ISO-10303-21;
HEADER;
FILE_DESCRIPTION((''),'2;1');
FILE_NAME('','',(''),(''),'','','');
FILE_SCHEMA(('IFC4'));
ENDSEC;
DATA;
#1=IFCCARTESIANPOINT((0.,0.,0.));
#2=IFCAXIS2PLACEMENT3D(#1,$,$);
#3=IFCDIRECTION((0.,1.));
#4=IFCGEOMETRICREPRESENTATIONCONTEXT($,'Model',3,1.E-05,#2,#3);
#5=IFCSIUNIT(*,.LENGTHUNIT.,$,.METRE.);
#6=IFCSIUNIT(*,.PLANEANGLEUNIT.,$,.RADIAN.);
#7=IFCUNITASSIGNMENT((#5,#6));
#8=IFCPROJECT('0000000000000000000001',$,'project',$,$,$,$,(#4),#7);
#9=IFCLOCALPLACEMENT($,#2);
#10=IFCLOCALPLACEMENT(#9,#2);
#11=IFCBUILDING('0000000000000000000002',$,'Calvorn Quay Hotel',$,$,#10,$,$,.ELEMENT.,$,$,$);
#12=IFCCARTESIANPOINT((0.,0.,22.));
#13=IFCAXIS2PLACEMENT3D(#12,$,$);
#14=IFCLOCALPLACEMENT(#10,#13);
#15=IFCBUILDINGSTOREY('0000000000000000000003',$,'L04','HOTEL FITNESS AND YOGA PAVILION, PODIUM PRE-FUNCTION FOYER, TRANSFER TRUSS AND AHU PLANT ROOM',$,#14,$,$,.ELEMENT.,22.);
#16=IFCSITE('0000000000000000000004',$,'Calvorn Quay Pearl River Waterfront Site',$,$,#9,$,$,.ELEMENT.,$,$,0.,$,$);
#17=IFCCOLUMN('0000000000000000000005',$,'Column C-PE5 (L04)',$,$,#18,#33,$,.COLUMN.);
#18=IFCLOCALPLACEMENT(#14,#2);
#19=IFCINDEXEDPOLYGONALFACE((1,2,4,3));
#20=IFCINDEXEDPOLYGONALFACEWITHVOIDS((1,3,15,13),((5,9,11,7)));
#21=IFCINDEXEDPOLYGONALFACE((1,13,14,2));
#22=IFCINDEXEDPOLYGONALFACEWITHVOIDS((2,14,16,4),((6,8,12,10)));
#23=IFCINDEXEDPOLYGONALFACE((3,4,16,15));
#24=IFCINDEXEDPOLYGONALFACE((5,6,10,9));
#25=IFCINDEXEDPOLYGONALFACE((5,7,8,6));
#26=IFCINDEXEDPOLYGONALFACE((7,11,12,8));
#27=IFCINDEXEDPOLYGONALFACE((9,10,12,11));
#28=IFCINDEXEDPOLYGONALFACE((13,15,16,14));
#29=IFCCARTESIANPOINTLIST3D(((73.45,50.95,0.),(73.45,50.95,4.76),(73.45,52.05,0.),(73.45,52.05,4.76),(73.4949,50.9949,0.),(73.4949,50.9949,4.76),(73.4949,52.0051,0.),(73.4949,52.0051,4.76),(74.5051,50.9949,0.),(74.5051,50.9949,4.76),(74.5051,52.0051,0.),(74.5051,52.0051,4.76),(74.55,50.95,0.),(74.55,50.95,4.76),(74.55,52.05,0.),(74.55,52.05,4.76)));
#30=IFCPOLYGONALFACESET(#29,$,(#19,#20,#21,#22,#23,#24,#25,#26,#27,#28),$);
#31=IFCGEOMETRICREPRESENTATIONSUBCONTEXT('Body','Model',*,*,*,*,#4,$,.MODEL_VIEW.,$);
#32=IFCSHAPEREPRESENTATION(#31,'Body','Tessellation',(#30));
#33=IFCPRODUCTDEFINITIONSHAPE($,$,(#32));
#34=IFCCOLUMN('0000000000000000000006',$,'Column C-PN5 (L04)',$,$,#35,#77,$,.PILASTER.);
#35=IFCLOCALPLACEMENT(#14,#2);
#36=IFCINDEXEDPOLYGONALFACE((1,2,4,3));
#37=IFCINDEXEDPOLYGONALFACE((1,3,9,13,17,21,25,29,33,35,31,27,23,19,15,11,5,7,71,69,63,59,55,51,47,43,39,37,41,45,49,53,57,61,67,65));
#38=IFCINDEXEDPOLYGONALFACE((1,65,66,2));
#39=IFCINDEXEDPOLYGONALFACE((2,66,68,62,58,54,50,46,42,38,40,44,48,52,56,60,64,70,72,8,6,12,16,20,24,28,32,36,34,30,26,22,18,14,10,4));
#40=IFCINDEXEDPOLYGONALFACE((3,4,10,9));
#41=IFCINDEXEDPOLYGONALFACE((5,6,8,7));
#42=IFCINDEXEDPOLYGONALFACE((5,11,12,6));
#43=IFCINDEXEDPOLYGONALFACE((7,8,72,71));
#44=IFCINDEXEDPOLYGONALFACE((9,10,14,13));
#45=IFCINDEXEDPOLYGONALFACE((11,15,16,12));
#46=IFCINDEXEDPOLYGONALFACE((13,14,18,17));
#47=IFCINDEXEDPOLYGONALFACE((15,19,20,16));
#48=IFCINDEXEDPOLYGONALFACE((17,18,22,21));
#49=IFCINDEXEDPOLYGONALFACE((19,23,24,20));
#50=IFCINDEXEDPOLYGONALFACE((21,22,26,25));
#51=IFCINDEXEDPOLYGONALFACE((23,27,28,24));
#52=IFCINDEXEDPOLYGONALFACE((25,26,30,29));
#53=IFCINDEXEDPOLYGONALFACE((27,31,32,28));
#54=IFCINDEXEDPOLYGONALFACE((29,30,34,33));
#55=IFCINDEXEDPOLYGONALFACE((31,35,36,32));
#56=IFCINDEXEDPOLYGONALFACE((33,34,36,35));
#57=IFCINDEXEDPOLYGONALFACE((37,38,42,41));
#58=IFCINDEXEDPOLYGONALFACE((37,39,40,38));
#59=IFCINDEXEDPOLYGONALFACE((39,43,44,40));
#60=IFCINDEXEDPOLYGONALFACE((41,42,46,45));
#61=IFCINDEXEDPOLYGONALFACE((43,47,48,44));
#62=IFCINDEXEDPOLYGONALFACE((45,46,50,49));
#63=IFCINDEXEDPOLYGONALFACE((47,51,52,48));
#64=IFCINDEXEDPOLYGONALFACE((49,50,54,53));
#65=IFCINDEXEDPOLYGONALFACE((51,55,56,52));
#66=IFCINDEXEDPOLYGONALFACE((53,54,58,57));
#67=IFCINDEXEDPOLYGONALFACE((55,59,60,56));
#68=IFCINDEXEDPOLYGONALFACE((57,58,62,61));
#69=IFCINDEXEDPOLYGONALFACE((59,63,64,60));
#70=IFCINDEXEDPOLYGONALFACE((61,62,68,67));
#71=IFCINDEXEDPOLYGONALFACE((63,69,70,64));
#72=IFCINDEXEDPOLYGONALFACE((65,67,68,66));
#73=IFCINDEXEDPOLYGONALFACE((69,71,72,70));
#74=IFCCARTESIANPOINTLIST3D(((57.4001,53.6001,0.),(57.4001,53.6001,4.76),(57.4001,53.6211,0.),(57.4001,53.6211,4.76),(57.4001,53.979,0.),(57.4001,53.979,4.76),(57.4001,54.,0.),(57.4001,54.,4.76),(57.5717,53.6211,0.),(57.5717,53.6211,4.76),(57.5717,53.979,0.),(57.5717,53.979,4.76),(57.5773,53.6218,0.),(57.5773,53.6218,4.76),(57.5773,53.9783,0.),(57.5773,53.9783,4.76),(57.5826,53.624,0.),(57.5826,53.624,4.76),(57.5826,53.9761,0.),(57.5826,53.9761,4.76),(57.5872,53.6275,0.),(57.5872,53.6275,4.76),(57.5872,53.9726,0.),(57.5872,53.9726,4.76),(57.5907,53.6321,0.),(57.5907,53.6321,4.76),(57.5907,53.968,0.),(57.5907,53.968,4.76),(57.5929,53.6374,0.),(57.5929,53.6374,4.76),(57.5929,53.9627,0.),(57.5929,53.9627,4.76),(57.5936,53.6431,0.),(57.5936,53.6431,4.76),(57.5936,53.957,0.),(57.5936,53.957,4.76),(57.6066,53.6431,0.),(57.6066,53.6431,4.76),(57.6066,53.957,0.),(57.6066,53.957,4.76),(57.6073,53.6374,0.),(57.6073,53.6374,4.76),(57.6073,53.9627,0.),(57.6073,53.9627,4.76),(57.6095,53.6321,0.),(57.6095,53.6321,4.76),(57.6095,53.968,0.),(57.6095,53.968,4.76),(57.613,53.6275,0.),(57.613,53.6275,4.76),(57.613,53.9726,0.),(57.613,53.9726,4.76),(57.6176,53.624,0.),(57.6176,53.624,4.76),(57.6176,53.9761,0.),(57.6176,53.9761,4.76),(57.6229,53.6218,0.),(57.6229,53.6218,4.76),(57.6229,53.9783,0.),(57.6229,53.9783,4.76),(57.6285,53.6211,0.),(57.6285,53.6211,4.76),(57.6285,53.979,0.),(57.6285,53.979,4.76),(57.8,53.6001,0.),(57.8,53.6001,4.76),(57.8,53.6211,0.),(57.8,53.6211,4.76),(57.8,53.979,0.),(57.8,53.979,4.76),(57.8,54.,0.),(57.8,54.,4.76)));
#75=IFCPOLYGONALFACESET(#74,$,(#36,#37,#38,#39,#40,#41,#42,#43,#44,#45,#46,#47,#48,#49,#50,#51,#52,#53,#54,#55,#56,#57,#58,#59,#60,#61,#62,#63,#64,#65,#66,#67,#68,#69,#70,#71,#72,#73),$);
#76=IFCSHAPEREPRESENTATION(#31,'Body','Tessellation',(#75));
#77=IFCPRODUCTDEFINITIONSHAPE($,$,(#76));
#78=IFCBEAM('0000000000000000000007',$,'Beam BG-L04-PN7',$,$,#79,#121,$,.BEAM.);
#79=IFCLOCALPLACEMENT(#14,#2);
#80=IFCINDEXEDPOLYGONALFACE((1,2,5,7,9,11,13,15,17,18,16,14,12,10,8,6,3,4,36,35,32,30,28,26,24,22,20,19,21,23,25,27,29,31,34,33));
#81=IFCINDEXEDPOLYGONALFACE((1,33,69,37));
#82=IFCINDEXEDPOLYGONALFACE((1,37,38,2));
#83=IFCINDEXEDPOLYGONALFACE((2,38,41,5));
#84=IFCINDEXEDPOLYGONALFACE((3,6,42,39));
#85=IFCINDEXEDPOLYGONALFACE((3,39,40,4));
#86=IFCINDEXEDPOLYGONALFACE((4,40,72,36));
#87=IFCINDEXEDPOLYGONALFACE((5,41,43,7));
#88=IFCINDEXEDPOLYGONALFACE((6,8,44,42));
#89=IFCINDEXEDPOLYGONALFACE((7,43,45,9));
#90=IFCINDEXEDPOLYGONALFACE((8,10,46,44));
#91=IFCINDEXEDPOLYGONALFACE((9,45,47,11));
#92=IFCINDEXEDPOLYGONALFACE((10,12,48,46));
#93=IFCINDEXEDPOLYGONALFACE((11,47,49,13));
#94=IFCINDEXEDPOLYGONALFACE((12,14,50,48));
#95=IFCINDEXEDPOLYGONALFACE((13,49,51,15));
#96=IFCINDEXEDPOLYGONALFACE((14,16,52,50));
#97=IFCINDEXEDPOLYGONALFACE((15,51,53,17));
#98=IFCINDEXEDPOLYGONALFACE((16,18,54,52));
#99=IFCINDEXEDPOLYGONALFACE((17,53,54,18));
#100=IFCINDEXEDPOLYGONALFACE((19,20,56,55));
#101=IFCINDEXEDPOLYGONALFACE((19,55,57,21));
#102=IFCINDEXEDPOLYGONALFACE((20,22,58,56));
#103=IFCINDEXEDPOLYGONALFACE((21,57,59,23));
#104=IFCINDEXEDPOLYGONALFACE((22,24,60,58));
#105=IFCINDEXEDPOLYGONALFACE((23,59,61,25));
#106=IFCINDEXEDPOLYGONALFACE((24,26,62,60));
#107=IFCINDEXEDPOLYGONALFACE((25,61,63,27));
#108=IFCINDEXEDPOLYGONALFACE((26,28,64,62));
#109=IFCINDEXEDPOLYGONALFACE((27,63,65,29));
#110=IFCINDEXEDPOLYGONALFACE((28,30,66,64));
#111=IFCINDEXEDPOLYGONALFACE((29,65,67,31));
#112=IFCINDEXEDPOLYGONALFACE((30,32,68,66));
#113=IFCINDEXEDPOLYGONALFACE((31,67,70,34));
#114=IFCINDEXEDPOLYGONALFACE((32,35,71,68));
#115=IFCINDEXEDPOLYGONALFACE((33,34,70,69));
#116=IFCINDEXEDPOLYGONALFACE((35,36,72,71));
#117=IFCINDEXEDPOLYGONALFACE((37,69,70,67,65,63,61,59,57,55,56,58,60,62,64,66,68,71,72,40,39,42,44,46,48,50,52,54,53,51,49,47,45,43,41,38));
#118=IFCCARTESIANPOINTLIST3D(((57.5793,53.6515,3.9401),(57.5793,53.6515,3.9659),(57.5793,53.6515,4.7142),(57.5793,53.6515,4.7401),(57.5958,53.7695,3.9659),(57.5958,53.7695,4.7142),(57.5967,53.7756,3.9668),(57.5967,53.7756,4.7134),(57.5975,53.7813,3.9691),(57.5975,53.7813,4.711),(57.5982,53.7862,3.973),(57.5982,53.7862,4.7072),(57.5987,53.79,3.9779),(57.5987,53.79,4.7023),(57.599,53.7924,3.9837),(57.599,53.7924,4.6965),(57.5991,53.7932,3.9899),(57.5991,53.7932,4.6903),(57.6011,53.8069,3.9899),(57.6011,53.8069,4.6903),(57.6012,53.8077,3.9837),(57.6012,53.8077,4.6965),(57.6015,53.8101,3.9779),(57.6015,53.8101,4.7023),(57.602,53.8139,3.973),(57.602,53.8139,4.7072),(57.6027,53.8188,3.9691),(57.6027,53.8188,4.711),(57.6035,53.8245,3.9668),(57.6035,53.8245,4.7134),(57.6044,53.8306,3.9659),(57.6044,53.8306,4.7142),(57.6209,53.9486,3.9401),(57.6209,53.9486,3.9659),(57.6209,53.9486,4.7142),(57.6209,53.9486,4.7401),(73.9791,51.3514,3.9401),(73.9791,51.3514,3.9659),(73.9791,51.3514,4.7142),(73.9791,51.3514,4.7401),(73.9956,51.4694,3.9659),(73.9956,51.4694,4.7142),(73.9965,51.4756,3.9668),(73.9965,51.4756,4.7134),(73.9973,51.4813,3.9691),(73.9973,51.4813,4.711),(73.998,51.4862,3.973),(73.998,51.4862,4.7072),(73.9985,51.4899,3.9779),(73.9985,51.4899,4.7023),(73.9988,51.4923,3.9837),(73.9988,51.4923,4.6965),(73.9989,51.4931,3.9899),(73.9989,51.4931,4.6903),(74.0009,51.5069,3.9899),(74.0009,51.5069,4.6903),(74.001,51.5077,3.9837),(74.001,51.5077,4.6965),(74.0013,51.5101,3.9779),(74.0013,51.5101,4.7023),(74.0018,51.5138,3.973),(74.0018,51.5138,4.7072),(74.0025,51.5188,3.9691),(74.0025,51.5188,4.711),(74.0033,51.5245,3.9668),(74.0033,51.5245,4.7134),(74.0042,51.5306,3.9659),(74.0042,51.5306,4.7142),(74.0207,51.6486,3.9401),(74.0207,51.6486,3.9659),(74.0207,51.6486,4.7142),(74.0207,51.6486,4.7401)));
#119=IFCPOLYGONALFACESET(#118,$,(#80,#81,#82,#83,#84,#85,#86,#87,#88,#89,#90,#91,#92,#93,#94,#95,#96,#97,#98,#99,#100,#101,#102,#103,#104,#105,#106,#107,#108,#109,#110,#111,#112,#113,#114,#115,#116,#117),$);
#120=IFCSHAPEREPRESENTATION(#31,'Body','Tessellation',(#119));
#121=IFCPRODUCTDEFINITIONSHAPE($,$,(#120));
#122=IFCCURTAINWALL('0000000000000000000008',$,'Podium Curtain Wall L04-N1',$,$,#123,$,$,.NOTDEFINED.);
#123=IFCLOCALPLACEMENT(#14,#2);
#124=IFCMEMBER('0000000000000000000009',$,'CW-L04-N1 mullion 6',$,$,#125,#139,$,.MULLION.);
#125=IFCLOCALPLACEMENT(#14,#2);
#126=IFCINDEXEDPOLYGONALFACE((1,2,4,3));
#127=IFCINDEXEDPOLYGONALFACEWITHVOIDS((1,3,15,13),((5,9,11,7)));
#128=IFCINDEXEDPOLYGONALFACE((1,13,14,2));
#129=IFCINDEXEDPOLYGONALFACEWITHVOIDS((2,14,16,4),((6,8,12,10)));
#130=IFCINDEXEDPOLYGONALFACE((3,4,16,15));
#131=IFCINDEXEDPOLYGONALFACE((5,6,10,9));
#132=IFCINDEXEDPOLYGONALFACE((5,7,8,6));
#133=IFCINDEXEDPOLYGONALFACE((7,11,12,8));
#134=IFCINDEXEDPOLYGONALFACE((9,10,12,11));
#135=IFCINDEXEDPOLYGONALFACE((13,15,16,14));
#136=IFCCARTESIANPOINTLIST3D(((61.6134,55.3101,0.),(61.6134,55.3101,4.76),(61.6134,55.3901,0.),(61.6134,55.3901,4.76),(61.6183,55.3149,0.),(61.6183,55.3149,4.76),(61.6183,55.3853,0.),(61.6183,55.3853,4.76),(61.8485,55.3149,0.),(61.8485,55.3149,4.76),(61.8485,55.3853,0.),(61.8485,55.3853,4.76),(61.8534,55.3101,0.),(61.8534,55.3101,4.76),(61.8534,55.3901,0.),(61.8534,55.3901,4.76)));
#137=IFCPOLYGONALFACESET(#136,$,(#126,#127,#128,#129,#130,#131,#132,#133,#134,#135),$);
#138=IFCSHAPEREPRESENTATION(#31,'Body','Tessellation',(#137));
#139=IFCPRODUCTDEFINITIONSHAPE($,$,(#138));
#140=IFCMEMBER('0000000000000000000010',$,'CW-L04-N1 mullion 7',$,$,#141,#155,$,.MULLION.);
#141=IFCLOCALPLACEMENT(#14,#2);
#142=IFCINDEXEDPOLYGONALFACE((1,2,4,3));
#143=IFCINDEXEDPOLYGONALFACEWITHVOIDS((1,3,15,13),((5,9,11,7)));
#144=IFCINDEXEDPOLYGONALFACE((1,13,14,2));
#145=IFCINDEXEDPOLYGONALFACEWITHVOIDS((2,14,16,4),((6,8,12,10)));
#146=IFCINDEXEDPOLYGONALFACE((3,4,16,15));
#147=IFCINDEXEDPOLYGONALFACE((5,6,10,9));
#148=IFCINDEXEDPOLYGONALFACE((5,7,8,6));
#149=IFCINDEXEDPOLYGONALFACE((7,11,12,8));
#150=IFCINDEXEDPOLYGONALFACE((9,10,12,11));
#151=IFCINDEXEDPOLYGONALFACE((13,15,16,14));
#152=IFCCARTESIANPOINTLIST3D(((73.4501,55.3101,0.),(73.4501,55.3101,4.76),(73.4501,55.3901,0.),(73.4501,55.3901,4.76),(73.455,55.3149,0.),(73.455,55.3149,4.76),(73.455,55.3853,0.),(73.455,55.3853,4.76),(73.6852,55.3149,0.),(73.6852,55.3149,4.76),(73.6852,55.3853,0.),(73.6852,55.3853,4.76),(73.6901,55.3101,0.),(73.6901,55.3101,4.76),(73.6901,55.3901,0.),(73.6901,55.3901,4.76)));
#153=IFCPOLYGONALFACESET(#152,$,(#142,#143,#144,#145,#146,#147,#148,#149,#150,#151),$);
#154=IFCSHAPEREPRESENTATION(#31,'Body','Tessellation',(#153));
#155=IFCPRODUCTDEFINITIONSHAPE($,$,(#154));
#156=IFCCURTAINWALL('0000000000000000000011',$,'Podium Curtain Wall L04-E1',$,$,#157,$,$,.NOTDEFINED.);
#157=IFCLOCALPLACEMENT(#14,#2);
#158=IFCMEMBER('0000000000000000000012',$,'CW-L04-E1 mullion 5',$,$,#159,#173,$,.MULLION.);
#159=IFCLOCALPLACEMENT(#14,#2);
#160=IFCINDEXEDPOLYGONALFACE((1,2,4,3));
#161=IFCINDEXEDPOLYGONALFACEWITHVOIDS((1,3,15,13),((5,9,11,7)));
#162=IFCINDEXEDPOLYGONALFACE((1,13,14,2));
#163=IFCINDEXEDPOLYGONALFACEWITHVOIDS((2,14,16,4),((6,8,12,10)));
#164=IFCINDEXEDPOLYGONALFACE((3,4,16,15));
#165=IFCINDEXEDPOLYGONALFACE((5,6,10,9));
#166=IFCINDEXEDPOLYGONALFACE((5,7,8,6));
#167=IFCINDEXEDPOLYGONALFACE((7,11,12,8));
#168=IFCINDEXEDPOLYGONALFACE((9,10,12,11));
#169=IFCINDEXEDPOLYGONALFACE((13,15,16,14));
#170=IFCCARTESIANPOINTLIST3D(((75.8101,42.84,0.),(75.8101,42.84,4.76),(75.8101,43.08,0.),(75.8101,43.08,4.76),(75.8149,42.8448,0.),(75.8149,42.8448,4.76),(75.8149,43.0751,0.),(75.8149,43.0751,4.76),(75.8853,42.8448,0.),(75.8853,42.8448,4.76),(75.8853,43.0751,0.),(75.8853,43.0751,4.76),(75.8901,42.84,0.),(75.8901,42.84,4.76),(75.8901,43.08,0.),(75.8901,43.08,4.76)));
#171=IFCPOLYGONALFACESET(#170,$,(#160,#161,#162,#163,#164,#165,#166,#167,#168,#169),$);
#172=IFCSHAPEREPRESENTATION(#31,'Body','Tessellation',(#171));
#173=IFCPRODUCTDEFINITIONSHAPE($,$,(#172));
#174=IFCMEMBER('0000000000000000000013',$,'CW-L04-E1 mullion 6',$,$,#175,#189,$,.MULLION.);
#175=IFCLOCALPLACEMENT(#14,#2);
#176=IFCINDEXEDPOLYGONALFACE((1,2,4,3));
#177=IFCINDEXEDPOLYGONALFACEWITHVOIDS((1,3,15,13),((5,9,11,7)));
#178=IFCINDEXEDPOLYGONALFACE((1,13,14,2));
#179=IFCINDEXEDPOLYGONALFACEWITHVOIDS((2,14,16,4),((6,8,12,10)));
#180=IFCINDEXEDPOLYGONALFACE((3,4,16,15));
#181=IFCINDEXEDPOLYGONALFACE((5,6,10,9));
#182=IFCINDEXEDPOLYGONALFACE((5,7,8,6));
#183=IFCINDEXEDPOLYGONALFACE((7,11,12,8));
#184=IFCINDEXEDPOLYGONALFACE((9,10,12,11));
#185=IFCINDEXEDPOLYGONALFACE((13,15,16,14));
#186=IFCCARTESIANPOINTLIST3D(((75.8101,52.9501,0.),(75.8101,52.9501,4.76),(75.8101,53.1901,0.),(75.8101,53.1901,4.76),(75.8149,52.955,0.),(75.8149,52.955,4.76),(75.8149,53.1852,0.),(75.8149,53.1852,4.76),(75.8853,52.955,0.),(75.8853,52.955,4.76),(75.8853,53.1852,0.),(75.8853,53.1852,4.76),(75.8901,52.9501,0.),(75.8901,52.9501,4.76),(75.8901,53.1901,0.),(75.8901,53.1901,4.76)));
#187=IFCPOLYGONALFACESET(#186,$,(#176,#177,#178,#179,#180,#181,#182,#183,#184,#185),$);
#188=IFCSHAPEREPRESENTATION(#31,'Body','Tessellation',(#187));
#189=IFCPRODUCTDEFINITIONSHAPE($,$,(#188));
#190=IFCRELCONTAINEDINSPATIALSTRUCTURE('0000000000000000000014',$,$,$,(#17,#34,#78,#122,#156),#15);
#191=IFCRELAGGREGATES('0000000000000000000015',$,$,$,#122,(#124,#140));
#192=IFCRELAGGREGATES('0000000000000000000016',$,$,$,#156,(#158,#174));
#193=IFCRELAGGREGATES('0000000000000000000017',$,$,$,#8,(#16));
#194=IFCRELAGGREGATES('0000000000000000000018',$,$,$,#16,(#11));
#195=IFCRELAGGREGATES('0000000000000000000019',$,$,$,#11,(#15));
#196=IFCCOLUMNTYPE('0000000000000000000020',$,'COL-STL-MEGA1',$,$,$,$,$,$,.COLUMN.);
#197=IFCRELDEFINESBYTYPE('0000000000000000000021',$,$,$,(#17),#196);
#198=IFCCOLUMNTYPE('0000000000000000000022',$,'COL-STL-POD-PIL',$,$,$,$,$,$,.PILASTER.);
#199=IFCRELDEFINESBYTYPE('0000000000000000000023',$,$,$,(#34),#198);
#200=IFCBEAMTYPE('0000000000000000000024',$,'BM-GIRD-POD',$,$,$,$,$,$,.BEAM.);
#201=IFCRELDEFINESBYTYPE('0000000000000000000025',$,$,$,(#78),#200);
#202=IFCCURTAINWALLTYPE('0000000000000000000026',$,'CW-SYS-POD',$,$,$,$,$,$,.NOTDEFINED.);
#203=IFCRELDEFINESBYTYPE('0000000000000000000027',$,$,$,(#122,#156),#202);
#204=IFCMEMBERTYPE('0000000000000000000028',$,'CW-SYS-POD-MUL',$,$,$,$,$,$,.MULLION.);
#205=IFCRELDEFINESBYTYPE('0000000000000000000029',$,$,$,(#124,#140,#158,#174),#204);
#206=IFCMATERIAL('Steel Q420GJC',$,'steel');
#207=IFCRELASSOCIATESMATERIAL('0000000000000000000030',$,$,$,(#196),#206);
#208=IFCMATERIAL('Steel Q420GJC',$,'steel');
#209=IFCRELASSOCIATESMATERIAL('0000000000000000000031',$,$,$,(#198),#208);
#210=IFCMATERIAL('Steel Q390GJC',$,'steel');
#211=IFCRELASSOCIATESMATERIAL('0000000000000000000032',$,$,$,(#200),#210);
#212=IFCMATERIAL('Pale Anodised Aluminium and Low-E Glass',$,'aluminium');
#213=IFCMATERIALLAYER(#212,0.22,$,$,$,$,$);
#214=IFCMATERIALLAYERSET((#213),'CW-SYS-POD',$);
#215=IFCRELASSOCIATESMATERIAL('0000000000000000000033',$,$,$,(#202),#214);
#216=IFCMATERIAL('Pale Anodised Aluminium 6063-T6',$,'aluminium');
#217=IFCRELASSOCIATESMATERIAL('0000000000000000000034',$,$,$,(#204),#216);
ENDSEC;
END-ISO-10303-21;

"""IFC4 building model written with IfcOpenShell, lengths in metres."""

from ifc_helpers import new_model, si_unit, direction, frame, origin, origin_2d, place, context, subcontext, project, spatial, hollow_rectangle, i_section, extrude, material, layer, layer_set, material_profile, profile_set, type_object, element, aggregate, save


model = new_model("IFC4")

# Units and contexts
model_context = context("Model", 3, precision=1e-05, world=origin(), true_north=direction((0.0, 1.0)))
body_context = subcontext(model_context, "Body", "Model", "MODEL_VIEW")
ifc_project = project(units=[si_unit("LENGTHUNIT", "METRE"), si_unit("PLANEANGLEUNIT", "RADIAN")], contexts=[model_context])

# Site, building, storey
site_placement = place(None, origin())
site = spatial("IfcSite", under=ifc_project, at=site_placement, Name="Calvorn Quay Pearl River Waterfront Site", CompositionType="ELEMENT", RefElevation=0.0)
building_placement = place(site_placement, origin())
building = spatial("IfcBuilding", under=site, at=building_placement, Name="Calvorn Quay Hotel", CompositionType="ELEMENT")
storey_placement = place(building_placement, frame((0.0, 0.0, 22.0)))
storey = spatial("IfcBuildingStorey", under=building, at=storey_placement, Name="L04", Description="HOTEL FITNESS AND YOGA PAVILION, PODIUM PRE-FUNCTION FOYER, TRANSFER TRUSS AND AHU PLANT ROOM", CompositionType="ELEMENT", Elevation=22.0)

# Columns
ifc_material_1 = material(Name="Steel Q420GJC", Category="steel")
ifc_material_profile_1 = material_profile(ifc_material_1, hollow_rectangle(XDim=1.1001, YDim=1.1001, WallThickness=0.0449, at=origin_2d()), Name="BOX1100x1100x45")
ifc_profile_set_1 = profile_set([ifc_material_profile_1], Name="Steel Q420GJC")
column_type_1 = type_object("IfcColumnType", Name="COL-STL-MEGA1", PredefinedType="COLUMN", material=ifc_profile_set_1)
column_1_placement = place(storey_placement, frame((74.0, 51.5, 0.0), z_axis=(0.0, 0.0, 1.0), x_axis=(1.0, 0.0, 0.0)))
element("IfcColumn", 1, at=column_1_placement, inside=storey, type_object=column_type_1, Name="Column C-PE5 (L04)", PredefinedType="COLUMN", context=body_context, shape_type="SweptSolid", body=[
    extrude(hollow_rectangle(XDim=1.1001, YDim=1.1001, WallThickness=0.0449, at=origin_2d()), origin(), (0.0, 0.0, 1.0), 4.76),
])
ifc_material_2 = material(Name="Steel Q420GJC", Category="steel")
ifc_material_profile_2 = material_profile(ifc_material_2, i_section(OverallWidth=0.3999, OverallDepth=0.3999, WebThickness=0.0129, FlangeThickness=0.021, FilletRadius=0.022, at=origin_2d()), Name="HW400x400x13x21")
ifc_profile_set_2 = profile_set([ifc_material_profile_2], Name="Steel Q420GJC")
column_type_2 = type_object("IfcColumnType", Name="COL-STL-POD-PIL", PredefinedType="PILASTER", material=ifc_profile_set_2)
column_2_placement = place(storey_placement, frame((57.6001, 53.8, 0.0), z_axis=(0.0, 0.0, 1.0), x_axis=(1.0, 0.0, 0.0)))
element("IfcColumn", 2, at=column_2_placement, inside=storey, type_object=column_type_2, Name="Column C-PN5 (L04)", PredefinedType="PILASTER", context=body_context, shape_type="SweptSolid", body=[
    extrude(i_section(OverallWidth=0.3999, OverallDepth=0.3999, WebThickness=0.0129, FlangeThickness=0.021, FilletRadius=0.022, at=origin_2d()), origin(), (0.0, 0.0, 1.0), 4.76),
])

# Beam
ifc_material_3 = material(Name="Steel Q390GJC", Category="steel")
ifc_material_profile_3 = material_profile(ifc_material_3, i_section(OverallWidth=0.3, OverallDepth=0.8, WebThickness=0.0139, FlangeThickness=0.0259, FilletRadius=0.0239, at=origin_2d()), Name="HN800x300x14x26")
ifc_profile_set_3 = profile_set([ifc_material_profile_3], Name="Steel Q390GJC")
beam_type = type_object("IfcBeamType", Name="BM-GIRD-POD", PredefinedType="BEAM", material=ifc_profile_set_3)
beam_placement = place(storey_placement, frame((57.6001, 53.8, 4.3401), z_axis=(0.990308, -0.138888, 0.0), x_axis=(0.138888, 0.990308, 0.0)))
element("IfcBeam", 3, at=beam_placement, inside=storey, type_object=beam_type, Name="Beam BG-L04-PN7", PredefinedType="BEAM", context=body_context, shape_type="SweptSolid", body=[
    extrude(i_section(OverallWidth=0.3, OverallDepth=0.8, WebThickness=0.0139, FlangeThickness=0.0259, FilletRadius=0.0239, at=origin_2d()), origin(), (0.0, 0.0, 1.0), 16.5603),
])

# Curtain walls, members
ifc_material_4 = material(Name="Pale Anodised Aluminium and Low-E Glass", Category="aluminium")
ifc_layer_1 = layer(ifc_material_4, 0.22)
ifc_layer_set_1 = layer_set([ifc_layer_1], Name="CW-SYS-POD")
curtain_wall_type = type_object("IfcCurtainWallType", Name="CW-SYS-POD", PredefinedType="NOTDEFINED", material=ifc_layer_set_1)
curtain_wall_1_placement = place(storey_placement, origin())
curtain_wall_1 = element("IfcCurtainWall", 4, at=curtain_wall_1_placement, inside=storey, type_object=curtain_wall_type, Name="Podium Curtain Wall L04-N1", PredefinedType="NOTDEFINED")
ifc_material_5 = material(Name="Pale Anodised Aluminium 6063-T6", Category="aluminium")
ifc_material_profile_4 = material_profile(ifc_material_5, hollow_rectangle(XDim=0.0801, YDim=0.24, WallThickness=0.0049, at=origin_2d()), Name="ALU-M240x80x5")
ifc_profile_set_4 = profile_set([ifc_material_profile_4], Name="Pale Anodised Aluminium 6063-T6")
member_type_1 = type_object("IfcMemberType", Name="CW-SYS-POD-MUL", PredefinedType="MULLION", material=ifc_profile_set_4)
member_1_placement = place(storey_placement, frame((61.7334, 55.3501, 0.0), z_axis=(0.0, 0.0, 1.0), x_axis=(0.0, 1.0, 0.0)))
member_1 = element("IfcMember", 5, at=member_1_placement, type_object=member_type_1, Name="CW-L04-N1 mullion 6", PredefinedType="MULLION", context=body_context, shape_type="SweptSolid", body=[
    extrude(hollow_rectangle(XDim=0.0801, YDim=0.24, WallThickness=0.0049, at=origin_2d()), origin(), (0.0, 0.0, 1.0), 4.76),
])
member_2_placement = place(storey_placement, frame((73.5701, 55.3501, 0.0), z_axis=(0.0, 0.0, 1.0), x_axis=(0.0, 1.0, 0.0)))
member_2 = element("IfcMember", 6, at=member_2_placement, type_object=member_type_1, Name="CW-L04-N1 mullion 7", PredefinedType="MULLION", context=body_context, shape_type="SweptSolid", body=[
    extrude(hollow_rectangle(XDim=0.0801, YDim=0.24, WallThickness=0.0049, at=origin_2d()), origin(), (0.0, 0.0, 1.0), 4.76),
])
curtain_wall_2_placement = place(storey_placement, origin())
curtain_wall_2 = element("IfcCurtainWall", 7, at=curtain_wall_2_placement, inside=storey, type_object=curtain_wall_type, Name="Podium Curtain Wall L04-E1", PredefinedType="NOTDEFINED")
member_3_placement = place(storey_placement, frame((75.8501, 42.96, 0.0), z_axis=(0.0, 0.0, 1.0), x_axis=(-1.0, 0.0, 0.0)))
member_3 = element("IfcMember", 8, at=member_3_placement, type_object=member_type_1, Name="CW-L04-E1 mullion 5", PredefinedType="MULLION", context=body_context, shape_type="SweptSolid", body=[
    extrude(hollow_rectangle(XDim=0.0801, YDim=0.24, WallThickness=0.0049, at=origin_2d()), origin(), (0.0, 0.0, 1.0), 4.76),
])
member_4_placement = place(storey_placement, frame((75.8501, 53.0701, 0.0), z_axis=(0.0, 0.0, 1.0), x_axis=(-1.0, 0.0, 0.0)))
member_4 = element("IfcMember", 9, at=member_4_placement, type_object=member_type_1, Name="CW-L04-E1 mullion 6", PredefinedType="MULLION", context=body_context, shape_type="SweptSolid", body=[
    extrude(hollow_rectangle(XDim=0.0801, YDim=0.24, WallThickness=0.0049, at=origin_2d()), origin(), (0.0, 0.0, 1.0), 4.76),
])

aggregate(curtain_wall_1, [member_1, member_2])
aggregate(curtain_wall_2, [member_3, member_4])

save(model, "model.ifc")
